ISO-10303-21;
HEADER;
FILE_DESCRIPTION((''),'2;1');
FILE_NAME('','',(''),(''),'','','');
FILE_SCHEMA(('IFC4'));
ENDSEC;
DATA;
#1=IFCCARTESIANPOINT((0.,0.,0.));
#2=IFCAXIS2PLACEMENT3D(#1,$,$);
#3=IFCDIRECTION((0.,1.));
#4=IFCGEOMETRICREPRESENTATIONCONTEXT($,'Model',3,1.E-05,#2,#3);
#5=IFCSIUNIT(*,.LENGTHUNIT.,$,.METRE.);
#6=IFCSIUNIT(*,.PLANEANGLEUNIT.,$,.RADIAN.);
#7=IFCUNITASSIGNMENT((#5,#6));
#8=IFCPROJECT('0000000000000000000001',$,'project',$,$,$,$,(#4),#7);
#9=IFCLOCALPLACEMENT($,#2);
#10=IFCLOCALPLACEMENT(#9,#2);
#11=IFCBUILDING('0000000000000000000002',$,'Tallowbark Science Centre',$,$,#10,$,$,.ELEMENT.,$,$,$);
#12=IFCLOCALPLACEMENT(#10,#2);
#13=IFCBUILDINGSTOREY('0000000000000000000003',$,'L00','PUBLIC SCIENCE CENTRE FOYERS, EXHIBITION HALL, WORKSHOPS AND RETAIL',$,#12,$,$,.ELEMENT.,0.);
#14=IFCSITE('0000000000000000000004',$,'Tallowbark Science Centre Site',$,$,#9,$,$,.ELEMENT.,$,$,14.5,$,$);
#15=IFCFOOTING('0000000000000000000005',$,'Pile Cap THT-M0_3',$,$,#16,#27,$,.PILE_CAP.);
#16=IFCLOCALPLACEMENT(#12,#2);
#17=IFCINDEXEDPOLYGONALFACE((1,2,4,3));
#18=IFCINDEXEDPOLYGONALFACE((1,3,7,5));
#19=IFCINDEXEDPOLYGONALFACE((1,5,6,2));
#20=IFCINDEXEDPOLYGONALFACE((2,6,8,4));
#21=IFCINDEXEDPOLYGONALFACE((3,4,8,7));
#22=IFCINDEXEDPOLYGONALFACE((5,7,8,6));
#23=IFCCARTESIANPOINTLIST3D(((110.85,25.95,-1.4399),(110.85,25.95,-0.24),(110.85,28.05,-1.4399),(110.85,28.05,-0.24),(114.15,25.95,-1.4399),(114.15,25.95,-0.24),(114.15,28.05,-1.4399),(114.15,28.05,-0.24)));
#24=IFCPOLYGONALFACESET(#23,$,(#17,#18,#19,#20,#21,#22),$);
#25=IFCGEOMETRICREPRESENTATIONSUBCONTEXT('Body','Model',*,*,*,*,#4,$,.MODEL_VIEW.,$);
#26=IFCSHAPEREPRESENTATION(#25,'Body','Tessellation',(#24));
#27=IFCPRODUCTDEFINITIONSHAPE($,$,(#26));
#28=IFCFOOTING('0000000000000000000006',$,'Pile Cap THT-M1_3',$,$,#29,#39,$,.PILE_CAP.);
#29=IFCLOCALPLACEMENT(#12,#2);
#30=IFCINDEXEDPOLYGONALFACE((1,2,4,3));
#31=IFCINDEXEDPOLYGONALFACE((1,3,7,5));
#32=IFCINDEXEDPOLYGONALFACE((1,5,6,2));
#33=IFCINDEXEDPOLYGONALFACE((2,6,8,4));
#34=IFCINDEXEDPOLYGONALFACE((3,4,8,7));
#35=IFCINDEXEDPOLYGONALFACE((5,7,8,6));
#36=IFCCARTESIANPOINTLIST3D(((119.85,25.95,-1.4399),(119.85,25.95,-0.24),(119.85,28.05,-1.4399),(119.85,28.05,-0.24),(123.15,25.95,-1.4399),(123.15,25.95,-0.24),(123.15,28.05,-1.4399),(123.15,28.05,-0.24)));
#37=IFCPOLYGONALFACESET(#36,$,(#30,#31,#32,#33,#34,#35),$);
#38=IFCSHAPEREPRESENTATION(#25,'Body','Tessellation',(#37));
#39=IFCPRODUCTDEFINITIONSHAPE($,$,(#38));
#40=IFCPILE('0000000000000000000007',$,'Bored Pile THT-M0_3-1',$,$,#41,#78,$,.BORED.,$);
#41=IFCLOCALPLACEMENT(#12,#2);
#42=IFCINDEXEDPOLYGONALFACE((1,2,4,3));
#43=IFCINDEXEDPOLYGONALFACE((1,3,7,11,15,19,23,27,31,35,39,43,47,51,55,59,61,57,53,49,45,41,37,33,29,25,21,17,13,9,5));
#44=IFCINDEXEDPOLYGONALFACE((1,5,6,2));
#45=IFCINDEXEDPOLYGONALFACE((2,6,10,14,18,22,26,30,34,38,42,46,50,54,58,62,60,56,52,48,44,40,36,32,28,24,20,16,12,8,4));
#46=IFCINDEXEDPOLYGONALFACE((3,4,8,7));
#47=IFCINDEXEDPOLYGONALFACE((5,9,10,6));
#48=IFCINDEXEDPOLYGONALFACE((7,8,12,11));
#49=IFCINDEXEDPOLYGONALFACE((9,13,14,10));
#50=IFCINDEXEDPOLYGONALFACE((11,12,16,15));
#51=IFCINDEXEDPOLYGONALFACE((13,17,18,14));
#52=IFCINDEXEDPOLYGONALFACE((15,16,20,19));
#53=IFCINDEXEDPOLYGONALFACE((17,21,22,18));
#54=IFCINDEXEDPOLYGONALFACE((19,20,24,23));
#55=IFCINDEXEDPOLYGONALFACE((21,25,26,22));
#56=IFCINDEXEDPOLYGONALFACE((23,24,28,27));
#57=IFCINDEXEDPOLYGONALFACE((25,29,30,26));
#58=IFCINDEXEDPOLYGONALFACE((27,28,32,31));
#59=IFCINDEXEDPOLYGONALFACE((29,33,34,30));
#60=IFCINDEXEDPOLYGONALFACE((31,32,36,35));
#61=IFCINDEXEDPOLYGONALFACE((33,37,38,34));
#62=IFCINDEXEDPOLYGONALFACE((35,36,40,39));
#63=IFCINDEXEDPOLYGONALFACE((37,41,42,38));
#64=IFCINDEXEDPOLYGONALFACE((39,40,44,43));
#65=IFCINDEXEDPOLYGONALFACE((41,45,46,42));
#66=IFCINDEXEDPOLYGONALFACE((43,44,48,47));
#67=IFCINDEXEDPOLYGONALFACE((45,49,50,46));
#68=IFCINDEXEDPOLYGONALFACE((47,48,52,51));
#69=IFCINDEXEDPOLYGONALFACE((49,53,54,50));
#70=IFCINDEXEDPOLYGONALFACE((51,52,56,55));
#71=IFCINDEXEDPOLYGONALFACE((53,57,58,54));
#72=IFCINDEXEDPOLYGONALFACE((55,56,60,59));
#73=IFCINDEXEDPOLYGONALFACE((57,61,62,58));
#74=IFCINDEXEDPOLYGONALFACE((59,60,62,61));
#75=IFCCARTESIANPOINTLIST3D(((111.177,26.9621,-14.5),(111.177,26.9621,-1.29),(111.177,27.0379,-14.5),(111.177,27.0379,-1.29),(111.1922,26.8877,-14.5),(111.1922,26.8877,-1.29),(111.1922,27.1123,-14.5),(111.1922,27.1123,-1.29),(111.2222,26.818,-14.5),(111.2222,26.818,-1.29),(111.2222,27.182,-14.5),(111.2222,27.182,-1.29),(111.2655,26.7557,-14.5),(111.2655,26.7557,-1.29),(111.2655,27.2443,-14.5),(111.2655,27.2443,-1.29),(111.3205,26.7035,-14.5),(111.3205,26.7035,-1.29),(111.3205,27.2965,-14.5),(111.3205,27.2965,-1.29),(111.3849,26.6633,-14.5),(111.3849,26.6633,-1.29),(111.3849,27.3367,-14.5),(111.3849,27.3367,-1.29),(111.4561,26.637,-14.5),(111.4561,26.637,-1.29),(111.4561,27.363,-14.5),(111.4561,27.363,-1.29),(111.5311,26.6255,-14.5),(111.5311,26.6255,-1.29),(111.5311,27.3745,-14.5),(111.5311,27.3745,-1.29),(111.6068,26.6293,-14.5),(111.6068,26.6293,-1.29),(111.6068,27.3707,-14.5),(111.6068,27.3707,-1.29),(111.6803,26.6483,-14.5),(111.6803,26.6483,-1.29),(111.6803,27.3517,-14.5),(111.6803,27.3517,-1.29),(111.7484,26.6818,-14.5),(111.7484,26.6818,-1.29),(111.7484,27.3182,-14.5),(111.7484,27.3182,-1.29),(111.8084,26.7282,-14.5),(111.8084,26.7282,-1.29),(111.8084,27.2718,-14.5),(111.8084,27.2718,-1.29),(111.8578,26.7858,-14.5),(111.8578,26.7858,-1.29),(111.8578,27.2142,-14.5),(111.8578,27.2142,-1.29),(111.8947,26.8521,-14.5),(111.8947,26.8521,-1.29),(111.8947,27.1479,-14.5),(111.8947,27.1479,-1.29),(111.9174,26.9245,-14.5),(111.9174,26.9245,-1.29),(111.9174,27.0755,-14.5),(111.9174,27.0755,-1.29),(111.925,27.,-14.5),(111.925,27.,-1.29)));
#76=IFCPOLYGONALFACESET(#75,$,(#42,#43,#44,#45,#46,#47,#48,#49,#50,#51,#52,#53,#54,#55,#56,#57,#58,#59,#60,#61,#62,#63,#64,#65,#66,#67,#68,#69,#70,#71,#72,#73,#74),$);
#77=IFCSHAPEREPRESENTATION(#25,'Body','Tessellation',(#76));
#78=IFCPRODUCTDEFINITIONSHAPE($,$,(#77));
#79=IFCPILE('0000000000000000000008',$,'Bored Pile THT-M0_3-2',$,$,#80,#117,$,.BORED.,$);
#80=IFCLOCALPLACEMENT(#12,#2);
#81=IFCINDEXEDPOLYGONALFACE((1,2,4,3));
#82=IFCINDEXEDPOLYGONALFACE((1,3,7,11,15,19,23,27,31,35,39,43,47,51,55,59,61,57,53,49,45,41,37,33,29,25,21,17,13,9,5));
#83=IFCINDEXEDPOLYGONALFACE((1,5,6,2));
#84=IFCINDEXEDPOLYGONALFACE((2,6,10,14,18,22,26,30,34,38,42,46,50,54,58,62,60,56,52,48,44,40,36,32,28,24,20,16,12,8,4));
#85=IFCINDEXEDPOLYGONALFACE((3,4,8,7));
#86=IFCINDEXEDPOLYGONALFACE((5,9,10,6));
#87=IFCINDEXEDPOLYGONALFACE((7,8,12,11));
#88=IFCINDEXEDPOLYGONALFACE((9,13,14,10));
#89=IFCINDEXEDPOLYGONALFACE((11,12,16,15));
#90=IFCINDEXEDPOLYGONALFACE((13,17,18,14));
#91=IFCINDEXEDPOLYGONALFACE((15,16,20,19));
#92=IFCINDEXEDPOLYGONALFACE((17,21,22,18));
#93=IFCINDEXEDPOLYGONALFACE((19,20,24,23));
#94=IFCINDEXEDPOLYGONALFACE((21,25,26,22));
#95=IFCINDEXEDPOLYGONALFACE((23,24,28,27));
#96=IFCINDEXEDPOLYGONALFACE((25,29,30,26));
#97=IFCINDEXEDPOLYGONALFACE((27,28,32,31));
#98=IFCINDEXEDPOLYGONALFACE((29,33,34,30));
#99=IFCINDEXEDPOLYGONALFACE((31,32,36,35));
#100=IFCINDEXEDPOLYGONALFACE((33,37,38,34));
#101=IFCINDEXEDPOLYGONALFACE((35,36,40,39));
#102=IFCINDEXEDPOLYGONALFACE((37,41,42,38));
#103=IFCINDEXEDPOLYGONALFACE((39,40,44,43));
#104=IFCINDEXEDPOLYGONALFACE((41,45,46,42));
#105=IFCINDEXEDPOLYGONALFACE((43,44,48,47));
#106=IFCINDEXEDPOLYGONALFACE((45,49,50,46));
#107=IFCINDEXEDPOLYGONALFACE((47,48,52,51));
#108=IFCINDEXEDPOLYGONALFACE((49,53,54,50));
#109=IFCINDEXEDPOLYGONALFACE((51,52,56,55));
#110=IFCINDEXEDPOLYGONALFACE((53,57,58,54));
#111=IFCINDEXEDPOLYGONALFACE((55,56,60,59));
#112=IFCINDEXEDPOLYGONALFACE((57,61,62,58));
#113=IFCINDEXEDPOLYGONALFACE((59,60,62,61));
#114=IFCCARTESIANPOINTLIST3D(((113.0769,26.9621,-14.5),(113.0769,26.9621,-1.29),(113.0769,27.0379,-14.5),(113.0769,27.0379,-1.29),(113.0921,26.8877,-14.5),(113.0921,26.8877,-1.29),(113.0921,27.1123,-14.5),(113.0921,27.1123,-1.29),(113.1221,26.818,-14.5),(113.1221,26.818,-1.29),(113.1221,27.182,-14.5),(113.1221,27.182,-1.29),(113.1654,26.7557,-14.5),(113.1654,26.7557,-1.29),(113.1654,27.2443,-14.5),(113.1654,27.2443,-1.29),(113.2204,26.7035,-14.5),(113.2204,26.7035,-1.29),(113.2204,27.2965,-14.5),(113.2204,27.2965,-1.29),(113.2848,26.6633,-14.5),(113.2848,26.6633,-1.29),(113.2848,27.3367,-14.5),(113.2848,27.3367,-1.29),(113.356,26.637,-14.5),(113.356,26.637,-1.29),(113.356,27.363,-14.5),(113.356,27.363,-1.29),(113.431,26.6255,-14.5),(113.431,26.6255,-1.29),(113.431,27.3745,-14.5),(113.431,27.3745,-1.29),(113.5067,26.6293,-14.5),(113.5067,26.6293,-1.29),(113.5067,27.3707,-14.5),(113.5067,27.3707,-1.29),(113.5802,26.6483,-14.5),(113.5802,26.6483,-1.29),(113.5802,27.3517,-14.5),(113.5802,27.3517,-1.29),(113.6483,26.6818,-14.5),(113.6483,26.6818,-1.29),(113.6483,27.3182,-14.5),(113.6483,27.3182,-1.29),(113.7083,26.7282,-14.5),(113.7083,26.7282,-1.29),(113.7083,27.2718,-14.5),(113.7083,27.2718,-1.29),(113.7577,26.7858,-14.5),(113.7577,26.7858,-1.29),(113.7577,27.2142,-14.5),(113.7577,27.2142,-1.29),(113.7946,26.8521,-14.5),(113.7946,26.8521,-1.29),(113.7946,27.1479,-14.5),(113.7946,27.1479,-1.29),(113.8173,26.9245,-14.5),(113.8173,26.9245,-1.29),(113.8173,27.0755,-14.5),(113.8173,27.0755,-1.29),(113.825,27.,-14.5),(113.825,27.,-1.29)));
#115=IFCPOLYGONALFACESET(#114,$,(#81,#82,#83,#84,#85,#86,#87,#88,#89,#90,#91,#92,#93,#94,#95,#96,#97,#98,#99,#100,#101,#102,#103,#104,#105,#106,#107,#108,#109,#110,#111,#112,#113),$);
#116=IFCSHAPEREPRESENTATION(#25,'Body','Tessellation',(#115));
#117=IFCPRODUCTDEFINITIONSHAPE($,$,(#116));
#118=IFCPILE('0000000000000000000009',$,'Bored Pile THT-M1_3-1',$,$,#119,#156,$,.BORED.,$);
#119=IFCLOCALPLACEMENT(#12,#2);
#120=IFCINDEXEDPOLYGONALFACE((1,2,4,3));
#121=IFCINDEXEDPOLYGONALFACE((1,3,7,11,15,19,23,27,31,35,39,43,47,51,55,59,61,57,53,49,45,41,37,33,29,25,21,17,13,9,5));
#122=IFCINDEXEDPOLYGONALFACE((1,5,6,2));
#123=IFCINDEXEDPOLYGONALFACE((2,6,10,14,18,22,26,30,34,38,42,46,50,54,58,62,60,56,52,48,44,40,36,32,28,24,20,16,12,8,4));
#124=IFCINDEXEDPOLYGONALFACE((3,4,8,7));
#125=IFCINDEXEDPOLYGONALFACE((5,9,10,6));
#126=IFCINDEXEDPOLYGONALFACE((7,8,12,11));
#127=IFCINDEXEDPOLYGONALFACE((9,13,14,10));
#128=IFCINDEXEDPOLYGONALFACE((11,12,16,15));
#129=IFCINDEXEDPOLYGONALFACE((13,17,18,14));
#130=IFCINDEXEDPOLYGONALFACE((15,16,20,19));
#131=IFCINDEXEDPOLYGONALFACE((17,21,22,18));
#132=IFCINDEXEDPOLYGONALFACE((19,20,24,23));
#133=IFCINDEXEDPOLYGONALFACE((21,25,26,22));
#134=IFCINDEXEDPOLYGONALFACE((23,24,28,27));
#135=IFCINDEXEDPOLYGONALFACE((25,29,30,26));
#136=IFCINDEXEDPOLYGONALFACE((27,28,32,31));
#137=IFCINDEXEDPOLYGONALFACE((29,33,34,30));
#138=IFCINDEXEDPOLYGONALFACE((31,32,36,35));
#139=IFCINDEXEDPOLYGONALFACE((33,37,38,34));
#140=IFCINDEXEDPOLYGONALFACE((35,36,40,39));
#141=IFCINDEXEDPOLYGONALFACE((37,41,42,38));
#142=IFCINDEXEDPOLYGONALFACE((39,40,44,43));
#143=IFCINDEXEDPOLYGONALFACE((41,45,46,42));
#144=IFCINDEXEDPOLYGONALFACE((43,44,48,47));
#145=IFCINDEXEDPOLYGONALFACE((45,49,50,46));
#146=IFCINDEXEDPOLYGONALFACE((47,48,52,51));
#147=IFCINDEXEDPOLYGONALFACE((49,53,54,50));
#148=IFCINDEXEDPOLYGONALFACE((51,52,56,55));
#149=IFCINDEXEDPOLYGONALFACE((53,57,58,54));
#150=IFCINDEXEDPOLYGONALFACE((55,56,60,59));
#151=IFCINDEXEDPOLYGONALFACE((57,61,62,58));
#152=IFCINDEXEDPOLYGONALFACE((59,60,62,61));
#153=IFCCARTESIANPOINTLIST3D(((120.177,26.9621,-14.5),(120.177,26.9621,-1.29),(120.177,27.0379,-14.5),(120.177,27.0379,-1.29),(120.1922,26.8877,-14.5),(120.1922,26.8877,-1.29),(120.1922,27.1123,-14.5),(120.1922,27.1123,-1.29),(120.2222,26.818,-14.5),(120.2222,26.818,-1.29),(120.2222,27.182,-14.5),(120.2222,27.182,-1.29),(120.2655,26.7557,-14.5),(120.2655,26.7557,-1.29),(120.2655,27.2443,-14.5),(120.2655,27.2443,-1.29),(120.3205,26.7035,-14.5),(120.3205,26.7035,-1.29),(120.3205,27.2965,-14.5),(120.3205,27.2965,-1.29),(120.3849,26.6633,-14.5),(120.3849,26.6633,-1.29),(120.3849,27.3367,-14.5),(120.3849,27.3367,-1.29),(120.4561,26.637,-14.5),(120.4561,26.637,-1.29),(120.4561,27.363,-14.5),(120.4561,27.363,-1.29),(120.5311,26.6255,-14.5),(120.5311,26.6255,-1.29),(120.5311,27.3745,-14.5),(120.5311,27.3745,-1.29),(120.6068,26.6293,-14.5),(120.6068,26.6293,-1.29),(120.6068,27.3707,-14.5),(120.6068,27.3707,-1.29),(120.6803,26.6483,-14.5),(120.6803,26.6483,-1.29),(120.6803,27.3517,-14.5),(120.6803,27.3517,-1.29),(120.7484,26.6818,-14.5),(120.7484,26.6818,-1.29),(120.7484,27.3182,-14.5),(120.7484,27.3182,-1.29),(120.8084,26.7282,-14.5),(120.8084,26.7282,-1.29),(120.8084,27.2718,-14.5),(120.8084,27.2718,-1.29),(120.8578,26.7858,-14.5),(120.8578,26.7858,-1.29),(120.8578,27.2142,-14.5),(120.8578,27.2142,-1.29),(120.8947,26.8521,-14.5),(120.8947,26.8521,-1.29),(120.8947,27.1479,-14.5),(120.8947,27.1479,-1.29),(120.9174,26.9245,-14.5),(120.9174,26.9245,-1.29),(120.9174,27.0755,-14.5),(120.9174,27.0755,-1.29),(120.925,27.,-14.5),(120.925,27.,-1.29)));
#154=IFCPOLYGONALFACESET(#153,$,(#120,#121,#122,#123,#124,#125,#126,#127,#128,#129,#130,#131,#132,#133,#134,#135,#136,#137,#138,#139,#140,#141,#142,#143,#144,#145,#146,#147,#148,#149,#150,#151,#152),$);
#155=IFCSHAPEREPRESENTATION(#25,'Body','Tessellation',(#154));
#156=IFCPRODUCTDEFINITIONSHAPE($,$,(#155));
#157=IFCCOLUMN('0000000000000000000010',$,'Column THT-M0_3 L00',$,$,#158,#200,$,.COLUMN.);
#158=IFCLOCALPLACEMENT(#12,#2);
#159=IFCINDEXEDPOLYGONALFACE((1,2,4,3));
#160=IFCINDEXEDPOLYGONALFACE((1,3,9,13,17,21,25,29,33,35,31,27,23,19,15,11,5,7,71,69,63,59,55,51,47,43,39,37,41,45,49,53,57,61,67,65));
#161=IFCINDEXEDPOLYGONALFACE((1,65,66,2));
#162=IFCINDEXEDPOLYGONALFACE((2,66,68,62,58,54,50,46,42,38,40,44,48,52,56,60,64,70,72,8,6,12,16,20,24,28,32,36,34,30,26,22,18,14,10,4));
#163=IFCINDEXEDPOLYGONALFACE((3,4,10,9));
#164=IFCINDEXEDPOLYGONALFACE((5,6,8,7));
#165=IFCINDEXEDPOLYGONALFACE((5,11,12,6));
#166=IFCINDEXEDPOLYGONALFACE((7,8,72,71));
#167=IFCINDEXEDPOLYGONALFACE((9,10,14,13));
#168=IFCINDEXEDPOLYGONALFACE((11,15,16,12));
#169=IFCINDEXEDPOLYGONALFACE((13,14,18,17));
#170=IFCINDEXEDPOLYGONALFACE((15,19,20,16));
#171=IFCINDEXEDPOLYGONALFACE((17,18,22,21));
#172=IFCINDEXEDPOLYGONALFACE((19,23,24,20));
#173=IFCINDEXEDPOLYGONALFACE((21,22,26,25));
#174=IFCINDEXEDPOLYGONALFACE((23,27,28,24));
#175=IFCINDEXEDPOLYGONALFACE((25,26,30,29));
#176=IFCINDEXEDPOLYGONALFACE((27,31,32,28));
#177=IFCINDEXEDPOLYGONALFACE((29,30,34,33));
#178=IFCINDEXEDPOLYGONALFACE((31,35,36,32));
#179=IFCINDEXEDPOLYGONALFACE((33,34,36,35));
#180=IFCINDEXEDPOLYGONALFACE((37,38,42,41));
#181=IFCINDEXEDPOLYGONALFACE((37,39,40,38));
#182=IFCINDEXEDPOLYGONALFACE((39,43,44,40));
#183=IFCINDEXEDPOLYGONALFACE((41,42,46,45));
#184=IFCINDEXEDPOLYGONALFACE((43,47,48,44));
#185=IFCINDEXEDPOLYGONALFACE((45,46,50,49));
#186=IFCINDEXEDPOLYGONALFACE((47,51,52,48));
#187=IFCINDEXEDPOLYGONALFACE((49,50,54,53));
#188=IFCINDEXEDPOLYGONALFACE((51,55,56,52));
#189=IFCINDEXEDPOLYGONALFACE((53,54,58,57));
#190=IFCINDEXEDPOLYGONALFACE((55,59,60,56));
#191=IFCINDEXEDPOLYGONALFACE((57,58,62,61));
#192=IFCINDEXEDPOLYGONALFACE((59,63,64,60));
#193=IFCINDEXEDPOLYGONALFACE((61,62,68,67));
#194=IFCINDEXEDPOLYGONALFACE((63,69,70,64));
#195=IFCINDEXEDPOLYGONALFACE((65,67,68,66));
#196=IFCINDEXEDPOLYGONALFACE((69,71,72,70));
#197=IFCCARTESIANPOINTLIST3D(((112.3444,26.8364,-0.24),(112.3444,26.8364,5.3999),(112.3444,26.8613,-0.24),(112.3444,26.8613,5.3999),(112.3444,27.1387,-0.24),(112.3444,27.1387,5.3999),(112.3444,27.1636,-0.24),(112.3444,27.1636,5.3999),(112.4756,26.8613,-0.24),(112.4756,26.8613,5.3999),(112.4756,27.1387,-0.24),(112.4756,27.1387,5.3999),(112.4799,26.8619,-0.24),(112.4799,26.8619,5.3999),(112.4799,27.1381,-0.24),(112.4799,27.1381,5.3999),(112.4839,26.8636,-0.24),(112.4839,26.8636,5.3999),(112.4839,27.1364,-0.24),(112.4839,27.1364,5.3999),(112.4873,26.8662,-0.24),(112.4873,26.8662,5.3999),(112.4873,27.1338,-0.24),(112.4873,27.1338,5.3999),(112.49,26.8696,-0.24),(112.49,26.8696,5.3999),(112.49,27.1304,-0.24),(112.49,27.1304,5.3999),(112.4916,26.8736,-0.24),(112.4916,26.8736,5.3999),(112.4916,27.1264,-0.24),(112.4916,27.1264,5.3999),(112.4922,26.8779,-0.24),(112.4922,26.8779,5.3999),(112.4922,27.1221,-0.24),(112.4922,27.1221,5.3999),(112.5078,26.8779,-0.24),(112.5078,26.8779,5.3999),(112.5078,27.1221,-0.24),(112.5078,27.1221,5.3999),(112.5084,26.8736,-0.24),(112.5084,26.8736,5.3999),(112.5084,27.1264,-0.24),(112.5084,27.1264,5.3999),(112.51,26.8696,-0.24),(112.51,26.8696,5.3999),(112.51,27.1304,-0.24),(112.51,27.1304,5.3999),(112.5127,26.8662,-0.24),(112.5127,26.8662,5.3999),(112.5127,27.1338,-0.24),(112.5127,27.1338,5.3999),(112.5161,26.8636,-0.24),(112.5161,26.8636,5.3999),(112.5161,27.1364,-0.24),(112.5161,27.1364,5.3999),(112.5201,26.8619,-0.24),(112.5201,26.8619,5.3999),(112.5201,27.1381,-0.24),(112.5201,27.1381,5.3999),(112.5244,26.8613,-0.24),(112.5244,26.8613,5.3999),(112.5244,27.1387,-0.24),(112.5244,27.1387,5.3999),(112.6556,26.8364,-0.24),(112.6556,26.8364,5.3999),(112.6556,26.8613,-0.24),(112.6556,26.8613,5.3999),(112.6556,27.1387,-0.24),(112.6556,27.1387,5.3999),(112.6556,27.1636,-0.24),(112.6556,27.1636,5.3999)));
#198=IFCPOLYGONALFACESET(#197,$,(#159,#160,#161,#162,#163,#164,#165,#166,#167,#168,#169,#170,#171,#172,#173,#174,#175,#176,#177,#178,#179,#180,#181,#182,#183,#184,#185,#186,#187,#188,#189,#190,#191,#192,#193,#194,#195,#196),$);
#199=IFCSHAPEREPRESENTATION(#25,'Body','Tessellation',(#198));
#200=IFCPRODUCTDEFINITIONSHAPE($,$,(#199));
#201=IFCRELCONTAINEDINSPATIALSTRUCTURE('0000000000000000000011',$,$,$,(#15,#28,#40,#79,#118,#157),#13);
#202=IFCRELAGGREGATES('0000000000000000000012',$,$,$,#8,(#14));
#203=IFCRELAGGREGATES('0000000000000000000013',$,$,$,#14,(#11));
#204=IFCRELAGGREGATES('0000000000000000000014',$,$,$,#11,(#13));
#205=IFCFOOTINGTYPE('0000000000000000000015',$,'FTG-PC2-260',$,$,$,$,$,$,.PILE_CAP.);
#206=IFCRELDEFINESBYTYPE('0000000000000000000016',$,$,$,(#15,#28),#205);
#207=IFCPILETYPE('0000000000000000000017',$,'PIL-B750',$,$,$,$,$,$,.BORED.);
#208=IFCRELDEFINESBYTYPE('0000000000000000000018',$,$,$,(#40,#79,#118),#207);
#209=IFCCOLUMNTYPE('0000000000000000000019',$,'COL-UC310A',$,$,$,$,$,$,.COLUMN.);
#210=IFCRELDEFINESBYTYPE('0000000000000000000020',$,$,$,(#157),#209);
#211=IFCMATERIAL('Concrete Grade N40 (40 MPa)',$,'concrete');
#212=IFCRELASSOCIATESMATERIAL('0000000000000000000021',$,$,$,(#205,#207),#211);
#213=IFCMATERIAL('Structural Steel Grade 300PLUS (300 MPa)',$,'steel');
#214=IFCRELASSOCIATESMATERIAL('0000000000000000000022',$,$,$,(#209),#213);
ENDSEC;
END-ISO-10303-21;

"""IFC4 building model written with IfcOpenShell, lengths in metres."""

from ifc_helpers import new_model, si_unit, direction, frame, origin, origin_2d, place, context, subcontext, project, spatial, rectangle, circle, i_section, extrude, material, material_profile, profile_set, type_object, element, save


model = new_model("IFC4")

# Units and contexts
model_context = context("Model", 3, precision=1e-05, world=origin(), true_north=direction((0.0, 1.0)))
body_context = subcontext(model_context, "Body", "Model", "MODEL_VIEW")
ifc_project = project(units=[si_unit("LENGTHUNIT", "METRE"), si_unit("PLANEANGLEUNIT", "RADIAN")], contexts=[model_context])

# Site, building, storey
site_placement = place(None, origin())
site = spatial("IfcSite", under=ifc_project, at=site_placement, Name="Tallowbark Science Centre Site", CompositionType="ELEMENT", RefElevation=14.5)
building_placement = place(site_placement, origin())
building = spatial("IfcBuilding", under=site, at=building_placement, Name="Tallowbark Science Centre", CompositionType="ELEMENT")
storey_placement = place(building_placement, origin())
storey = spatial("IfcBuildingStorey", under=building, at=storey_placement, Name="L00", Description="PUBLIC SCIENCE CENTRE FOYERS, EXHIBITION HALL, WORKSHOPS AND RETAIL", CompositionType="ELEMENT", Elevation=0.0)

# Footings
ifc_material_1 = material(Name="Concrete Grade N40 (40 MPa)", Category="concrete")
footing_type = type_object("IfcFootingType", Name="FTG-PC2-260", PredefinedType="PILE_CAP", material=ifc_material_1)
for number, where, z_axis, x_axis, name in (
    (1, (112.5, 27.0, -1.4399), (0.0, 0.0, 1.0), (1.0, 0.0, 0.0), "Pile Cap THT-M0_3"),
    (2, (121.5, 27.0, -1.4399), (0.0, 0.0, 1.0), (1.0, 0.0, 0.0), "Pile Cap THT-M1_3"),
):
    element("IfcFooting", number, at=place(storey_placement, frame(where, z_axis=z_axis, x_axis=x_axis)), inside=storey, type_object=footing_type, Name=name, PredefinedType="PILE_CAP", context=body_context, shape_type="SweptSolid", body=[
        extrude(rectangle(XDim=3.3, YDim=2.1001, at=origin_2d()), origin(), (0.0, 0.0, 1.0), 1.2),
    ])

# Piles
ifc_material_profile_1 = material_profile(ifc_material_1, circle(Radius=0.375, at=origin_2d()), Name="PILE750")
ifc_profile_set_1 = profile_set([ifc_material_profile_1], Name="Concrete Grade N40 (40 MPa)")
pile_type = type_object("IfcPileType", Name="PIL-B750", PredefinedType="BORED", material=ifc_profile_set_1)
for number, where, z_axis, x_axis, name in (
    (3, (111.55, 27.0, -1.29), (0.0, 0.0, -1.0), (1.0, 0.0, 0.0), "Bored Pile THT-M0_3-1"),
    (4, (113.45, 27.0, -1.29), (0.0, 0.0, -1.0), (1.0, 0.0, 0.0), "Bored Pile THT-M0_3-2"),
    (5, (120.55, 27.0, -1.29), (0.0, 0.0, -1.0), (1.0, 0.0, 0.0), "Bored Pile THT-M1_3-1"),
):
    element("IfcPile", number, at=place(storey_placement, frame(where, z_axis=z_axis, x_axis=x_axis)), inside=storey, type_object=pile_type, Name=name, PredefinedType="BORED", context=body_context, shape_type="SweptSolid", body=[
        extrude(circle(Radius=0.375, at=origin_2d()), origin(), (0.0, 0.0, 1.0), 13.21),
    ])

# Column
ifc_material_2 = material(Name="Structural Steel Grade 300PLUS (300 MPa)", Category="steel")
ifc_material_profile_2 = material_profile(ifc_material_2, i_section(OverallWidth=0.3113, OverallDepth=0.3271, WebThickness=0.0156, FlangeThickness=0.0249, FilletRadius=0.0166, at=origin_2d()), Name="310UC158")
ifc_profile_set_2 = profile_set([ifc_material_profile_2], Name="Structural Steel Grade 300PLUS (300 MPa)")
column_type = type_object("IfcColumnType", Name="COL-UC310A", PredefinedType="COLUMN", material=ifc_profile_set_2)
for number, where, z_axis, x_axis, name in (
    (6, (112.5, 27.0, -0.24), (0.0, 0.0, 1.0), (1.0, 0.0, 0.0), "Column THT-M0_3 L00"),
):
    element("IfcColumn", number, at=place(storey_placement, frame(where, z_axis=z_axis, x_axis=x_axis)), inside=storey, type_object=column_type, Name=name, PredefinedType="COLUMN", context=body_context, shape_type="SweptSolid", body=[
        extrude(i_section(OverallWidth=0.3113, OverallDepth=0.3271, WebThickness=0.0156, FlangeThickness=0.0249, FilletRadius=0.0166, at=origin_2d()), origin(), (0.0, 0.0, 1.0), 5.6399),
    ])

save(model, "model.ifc")
